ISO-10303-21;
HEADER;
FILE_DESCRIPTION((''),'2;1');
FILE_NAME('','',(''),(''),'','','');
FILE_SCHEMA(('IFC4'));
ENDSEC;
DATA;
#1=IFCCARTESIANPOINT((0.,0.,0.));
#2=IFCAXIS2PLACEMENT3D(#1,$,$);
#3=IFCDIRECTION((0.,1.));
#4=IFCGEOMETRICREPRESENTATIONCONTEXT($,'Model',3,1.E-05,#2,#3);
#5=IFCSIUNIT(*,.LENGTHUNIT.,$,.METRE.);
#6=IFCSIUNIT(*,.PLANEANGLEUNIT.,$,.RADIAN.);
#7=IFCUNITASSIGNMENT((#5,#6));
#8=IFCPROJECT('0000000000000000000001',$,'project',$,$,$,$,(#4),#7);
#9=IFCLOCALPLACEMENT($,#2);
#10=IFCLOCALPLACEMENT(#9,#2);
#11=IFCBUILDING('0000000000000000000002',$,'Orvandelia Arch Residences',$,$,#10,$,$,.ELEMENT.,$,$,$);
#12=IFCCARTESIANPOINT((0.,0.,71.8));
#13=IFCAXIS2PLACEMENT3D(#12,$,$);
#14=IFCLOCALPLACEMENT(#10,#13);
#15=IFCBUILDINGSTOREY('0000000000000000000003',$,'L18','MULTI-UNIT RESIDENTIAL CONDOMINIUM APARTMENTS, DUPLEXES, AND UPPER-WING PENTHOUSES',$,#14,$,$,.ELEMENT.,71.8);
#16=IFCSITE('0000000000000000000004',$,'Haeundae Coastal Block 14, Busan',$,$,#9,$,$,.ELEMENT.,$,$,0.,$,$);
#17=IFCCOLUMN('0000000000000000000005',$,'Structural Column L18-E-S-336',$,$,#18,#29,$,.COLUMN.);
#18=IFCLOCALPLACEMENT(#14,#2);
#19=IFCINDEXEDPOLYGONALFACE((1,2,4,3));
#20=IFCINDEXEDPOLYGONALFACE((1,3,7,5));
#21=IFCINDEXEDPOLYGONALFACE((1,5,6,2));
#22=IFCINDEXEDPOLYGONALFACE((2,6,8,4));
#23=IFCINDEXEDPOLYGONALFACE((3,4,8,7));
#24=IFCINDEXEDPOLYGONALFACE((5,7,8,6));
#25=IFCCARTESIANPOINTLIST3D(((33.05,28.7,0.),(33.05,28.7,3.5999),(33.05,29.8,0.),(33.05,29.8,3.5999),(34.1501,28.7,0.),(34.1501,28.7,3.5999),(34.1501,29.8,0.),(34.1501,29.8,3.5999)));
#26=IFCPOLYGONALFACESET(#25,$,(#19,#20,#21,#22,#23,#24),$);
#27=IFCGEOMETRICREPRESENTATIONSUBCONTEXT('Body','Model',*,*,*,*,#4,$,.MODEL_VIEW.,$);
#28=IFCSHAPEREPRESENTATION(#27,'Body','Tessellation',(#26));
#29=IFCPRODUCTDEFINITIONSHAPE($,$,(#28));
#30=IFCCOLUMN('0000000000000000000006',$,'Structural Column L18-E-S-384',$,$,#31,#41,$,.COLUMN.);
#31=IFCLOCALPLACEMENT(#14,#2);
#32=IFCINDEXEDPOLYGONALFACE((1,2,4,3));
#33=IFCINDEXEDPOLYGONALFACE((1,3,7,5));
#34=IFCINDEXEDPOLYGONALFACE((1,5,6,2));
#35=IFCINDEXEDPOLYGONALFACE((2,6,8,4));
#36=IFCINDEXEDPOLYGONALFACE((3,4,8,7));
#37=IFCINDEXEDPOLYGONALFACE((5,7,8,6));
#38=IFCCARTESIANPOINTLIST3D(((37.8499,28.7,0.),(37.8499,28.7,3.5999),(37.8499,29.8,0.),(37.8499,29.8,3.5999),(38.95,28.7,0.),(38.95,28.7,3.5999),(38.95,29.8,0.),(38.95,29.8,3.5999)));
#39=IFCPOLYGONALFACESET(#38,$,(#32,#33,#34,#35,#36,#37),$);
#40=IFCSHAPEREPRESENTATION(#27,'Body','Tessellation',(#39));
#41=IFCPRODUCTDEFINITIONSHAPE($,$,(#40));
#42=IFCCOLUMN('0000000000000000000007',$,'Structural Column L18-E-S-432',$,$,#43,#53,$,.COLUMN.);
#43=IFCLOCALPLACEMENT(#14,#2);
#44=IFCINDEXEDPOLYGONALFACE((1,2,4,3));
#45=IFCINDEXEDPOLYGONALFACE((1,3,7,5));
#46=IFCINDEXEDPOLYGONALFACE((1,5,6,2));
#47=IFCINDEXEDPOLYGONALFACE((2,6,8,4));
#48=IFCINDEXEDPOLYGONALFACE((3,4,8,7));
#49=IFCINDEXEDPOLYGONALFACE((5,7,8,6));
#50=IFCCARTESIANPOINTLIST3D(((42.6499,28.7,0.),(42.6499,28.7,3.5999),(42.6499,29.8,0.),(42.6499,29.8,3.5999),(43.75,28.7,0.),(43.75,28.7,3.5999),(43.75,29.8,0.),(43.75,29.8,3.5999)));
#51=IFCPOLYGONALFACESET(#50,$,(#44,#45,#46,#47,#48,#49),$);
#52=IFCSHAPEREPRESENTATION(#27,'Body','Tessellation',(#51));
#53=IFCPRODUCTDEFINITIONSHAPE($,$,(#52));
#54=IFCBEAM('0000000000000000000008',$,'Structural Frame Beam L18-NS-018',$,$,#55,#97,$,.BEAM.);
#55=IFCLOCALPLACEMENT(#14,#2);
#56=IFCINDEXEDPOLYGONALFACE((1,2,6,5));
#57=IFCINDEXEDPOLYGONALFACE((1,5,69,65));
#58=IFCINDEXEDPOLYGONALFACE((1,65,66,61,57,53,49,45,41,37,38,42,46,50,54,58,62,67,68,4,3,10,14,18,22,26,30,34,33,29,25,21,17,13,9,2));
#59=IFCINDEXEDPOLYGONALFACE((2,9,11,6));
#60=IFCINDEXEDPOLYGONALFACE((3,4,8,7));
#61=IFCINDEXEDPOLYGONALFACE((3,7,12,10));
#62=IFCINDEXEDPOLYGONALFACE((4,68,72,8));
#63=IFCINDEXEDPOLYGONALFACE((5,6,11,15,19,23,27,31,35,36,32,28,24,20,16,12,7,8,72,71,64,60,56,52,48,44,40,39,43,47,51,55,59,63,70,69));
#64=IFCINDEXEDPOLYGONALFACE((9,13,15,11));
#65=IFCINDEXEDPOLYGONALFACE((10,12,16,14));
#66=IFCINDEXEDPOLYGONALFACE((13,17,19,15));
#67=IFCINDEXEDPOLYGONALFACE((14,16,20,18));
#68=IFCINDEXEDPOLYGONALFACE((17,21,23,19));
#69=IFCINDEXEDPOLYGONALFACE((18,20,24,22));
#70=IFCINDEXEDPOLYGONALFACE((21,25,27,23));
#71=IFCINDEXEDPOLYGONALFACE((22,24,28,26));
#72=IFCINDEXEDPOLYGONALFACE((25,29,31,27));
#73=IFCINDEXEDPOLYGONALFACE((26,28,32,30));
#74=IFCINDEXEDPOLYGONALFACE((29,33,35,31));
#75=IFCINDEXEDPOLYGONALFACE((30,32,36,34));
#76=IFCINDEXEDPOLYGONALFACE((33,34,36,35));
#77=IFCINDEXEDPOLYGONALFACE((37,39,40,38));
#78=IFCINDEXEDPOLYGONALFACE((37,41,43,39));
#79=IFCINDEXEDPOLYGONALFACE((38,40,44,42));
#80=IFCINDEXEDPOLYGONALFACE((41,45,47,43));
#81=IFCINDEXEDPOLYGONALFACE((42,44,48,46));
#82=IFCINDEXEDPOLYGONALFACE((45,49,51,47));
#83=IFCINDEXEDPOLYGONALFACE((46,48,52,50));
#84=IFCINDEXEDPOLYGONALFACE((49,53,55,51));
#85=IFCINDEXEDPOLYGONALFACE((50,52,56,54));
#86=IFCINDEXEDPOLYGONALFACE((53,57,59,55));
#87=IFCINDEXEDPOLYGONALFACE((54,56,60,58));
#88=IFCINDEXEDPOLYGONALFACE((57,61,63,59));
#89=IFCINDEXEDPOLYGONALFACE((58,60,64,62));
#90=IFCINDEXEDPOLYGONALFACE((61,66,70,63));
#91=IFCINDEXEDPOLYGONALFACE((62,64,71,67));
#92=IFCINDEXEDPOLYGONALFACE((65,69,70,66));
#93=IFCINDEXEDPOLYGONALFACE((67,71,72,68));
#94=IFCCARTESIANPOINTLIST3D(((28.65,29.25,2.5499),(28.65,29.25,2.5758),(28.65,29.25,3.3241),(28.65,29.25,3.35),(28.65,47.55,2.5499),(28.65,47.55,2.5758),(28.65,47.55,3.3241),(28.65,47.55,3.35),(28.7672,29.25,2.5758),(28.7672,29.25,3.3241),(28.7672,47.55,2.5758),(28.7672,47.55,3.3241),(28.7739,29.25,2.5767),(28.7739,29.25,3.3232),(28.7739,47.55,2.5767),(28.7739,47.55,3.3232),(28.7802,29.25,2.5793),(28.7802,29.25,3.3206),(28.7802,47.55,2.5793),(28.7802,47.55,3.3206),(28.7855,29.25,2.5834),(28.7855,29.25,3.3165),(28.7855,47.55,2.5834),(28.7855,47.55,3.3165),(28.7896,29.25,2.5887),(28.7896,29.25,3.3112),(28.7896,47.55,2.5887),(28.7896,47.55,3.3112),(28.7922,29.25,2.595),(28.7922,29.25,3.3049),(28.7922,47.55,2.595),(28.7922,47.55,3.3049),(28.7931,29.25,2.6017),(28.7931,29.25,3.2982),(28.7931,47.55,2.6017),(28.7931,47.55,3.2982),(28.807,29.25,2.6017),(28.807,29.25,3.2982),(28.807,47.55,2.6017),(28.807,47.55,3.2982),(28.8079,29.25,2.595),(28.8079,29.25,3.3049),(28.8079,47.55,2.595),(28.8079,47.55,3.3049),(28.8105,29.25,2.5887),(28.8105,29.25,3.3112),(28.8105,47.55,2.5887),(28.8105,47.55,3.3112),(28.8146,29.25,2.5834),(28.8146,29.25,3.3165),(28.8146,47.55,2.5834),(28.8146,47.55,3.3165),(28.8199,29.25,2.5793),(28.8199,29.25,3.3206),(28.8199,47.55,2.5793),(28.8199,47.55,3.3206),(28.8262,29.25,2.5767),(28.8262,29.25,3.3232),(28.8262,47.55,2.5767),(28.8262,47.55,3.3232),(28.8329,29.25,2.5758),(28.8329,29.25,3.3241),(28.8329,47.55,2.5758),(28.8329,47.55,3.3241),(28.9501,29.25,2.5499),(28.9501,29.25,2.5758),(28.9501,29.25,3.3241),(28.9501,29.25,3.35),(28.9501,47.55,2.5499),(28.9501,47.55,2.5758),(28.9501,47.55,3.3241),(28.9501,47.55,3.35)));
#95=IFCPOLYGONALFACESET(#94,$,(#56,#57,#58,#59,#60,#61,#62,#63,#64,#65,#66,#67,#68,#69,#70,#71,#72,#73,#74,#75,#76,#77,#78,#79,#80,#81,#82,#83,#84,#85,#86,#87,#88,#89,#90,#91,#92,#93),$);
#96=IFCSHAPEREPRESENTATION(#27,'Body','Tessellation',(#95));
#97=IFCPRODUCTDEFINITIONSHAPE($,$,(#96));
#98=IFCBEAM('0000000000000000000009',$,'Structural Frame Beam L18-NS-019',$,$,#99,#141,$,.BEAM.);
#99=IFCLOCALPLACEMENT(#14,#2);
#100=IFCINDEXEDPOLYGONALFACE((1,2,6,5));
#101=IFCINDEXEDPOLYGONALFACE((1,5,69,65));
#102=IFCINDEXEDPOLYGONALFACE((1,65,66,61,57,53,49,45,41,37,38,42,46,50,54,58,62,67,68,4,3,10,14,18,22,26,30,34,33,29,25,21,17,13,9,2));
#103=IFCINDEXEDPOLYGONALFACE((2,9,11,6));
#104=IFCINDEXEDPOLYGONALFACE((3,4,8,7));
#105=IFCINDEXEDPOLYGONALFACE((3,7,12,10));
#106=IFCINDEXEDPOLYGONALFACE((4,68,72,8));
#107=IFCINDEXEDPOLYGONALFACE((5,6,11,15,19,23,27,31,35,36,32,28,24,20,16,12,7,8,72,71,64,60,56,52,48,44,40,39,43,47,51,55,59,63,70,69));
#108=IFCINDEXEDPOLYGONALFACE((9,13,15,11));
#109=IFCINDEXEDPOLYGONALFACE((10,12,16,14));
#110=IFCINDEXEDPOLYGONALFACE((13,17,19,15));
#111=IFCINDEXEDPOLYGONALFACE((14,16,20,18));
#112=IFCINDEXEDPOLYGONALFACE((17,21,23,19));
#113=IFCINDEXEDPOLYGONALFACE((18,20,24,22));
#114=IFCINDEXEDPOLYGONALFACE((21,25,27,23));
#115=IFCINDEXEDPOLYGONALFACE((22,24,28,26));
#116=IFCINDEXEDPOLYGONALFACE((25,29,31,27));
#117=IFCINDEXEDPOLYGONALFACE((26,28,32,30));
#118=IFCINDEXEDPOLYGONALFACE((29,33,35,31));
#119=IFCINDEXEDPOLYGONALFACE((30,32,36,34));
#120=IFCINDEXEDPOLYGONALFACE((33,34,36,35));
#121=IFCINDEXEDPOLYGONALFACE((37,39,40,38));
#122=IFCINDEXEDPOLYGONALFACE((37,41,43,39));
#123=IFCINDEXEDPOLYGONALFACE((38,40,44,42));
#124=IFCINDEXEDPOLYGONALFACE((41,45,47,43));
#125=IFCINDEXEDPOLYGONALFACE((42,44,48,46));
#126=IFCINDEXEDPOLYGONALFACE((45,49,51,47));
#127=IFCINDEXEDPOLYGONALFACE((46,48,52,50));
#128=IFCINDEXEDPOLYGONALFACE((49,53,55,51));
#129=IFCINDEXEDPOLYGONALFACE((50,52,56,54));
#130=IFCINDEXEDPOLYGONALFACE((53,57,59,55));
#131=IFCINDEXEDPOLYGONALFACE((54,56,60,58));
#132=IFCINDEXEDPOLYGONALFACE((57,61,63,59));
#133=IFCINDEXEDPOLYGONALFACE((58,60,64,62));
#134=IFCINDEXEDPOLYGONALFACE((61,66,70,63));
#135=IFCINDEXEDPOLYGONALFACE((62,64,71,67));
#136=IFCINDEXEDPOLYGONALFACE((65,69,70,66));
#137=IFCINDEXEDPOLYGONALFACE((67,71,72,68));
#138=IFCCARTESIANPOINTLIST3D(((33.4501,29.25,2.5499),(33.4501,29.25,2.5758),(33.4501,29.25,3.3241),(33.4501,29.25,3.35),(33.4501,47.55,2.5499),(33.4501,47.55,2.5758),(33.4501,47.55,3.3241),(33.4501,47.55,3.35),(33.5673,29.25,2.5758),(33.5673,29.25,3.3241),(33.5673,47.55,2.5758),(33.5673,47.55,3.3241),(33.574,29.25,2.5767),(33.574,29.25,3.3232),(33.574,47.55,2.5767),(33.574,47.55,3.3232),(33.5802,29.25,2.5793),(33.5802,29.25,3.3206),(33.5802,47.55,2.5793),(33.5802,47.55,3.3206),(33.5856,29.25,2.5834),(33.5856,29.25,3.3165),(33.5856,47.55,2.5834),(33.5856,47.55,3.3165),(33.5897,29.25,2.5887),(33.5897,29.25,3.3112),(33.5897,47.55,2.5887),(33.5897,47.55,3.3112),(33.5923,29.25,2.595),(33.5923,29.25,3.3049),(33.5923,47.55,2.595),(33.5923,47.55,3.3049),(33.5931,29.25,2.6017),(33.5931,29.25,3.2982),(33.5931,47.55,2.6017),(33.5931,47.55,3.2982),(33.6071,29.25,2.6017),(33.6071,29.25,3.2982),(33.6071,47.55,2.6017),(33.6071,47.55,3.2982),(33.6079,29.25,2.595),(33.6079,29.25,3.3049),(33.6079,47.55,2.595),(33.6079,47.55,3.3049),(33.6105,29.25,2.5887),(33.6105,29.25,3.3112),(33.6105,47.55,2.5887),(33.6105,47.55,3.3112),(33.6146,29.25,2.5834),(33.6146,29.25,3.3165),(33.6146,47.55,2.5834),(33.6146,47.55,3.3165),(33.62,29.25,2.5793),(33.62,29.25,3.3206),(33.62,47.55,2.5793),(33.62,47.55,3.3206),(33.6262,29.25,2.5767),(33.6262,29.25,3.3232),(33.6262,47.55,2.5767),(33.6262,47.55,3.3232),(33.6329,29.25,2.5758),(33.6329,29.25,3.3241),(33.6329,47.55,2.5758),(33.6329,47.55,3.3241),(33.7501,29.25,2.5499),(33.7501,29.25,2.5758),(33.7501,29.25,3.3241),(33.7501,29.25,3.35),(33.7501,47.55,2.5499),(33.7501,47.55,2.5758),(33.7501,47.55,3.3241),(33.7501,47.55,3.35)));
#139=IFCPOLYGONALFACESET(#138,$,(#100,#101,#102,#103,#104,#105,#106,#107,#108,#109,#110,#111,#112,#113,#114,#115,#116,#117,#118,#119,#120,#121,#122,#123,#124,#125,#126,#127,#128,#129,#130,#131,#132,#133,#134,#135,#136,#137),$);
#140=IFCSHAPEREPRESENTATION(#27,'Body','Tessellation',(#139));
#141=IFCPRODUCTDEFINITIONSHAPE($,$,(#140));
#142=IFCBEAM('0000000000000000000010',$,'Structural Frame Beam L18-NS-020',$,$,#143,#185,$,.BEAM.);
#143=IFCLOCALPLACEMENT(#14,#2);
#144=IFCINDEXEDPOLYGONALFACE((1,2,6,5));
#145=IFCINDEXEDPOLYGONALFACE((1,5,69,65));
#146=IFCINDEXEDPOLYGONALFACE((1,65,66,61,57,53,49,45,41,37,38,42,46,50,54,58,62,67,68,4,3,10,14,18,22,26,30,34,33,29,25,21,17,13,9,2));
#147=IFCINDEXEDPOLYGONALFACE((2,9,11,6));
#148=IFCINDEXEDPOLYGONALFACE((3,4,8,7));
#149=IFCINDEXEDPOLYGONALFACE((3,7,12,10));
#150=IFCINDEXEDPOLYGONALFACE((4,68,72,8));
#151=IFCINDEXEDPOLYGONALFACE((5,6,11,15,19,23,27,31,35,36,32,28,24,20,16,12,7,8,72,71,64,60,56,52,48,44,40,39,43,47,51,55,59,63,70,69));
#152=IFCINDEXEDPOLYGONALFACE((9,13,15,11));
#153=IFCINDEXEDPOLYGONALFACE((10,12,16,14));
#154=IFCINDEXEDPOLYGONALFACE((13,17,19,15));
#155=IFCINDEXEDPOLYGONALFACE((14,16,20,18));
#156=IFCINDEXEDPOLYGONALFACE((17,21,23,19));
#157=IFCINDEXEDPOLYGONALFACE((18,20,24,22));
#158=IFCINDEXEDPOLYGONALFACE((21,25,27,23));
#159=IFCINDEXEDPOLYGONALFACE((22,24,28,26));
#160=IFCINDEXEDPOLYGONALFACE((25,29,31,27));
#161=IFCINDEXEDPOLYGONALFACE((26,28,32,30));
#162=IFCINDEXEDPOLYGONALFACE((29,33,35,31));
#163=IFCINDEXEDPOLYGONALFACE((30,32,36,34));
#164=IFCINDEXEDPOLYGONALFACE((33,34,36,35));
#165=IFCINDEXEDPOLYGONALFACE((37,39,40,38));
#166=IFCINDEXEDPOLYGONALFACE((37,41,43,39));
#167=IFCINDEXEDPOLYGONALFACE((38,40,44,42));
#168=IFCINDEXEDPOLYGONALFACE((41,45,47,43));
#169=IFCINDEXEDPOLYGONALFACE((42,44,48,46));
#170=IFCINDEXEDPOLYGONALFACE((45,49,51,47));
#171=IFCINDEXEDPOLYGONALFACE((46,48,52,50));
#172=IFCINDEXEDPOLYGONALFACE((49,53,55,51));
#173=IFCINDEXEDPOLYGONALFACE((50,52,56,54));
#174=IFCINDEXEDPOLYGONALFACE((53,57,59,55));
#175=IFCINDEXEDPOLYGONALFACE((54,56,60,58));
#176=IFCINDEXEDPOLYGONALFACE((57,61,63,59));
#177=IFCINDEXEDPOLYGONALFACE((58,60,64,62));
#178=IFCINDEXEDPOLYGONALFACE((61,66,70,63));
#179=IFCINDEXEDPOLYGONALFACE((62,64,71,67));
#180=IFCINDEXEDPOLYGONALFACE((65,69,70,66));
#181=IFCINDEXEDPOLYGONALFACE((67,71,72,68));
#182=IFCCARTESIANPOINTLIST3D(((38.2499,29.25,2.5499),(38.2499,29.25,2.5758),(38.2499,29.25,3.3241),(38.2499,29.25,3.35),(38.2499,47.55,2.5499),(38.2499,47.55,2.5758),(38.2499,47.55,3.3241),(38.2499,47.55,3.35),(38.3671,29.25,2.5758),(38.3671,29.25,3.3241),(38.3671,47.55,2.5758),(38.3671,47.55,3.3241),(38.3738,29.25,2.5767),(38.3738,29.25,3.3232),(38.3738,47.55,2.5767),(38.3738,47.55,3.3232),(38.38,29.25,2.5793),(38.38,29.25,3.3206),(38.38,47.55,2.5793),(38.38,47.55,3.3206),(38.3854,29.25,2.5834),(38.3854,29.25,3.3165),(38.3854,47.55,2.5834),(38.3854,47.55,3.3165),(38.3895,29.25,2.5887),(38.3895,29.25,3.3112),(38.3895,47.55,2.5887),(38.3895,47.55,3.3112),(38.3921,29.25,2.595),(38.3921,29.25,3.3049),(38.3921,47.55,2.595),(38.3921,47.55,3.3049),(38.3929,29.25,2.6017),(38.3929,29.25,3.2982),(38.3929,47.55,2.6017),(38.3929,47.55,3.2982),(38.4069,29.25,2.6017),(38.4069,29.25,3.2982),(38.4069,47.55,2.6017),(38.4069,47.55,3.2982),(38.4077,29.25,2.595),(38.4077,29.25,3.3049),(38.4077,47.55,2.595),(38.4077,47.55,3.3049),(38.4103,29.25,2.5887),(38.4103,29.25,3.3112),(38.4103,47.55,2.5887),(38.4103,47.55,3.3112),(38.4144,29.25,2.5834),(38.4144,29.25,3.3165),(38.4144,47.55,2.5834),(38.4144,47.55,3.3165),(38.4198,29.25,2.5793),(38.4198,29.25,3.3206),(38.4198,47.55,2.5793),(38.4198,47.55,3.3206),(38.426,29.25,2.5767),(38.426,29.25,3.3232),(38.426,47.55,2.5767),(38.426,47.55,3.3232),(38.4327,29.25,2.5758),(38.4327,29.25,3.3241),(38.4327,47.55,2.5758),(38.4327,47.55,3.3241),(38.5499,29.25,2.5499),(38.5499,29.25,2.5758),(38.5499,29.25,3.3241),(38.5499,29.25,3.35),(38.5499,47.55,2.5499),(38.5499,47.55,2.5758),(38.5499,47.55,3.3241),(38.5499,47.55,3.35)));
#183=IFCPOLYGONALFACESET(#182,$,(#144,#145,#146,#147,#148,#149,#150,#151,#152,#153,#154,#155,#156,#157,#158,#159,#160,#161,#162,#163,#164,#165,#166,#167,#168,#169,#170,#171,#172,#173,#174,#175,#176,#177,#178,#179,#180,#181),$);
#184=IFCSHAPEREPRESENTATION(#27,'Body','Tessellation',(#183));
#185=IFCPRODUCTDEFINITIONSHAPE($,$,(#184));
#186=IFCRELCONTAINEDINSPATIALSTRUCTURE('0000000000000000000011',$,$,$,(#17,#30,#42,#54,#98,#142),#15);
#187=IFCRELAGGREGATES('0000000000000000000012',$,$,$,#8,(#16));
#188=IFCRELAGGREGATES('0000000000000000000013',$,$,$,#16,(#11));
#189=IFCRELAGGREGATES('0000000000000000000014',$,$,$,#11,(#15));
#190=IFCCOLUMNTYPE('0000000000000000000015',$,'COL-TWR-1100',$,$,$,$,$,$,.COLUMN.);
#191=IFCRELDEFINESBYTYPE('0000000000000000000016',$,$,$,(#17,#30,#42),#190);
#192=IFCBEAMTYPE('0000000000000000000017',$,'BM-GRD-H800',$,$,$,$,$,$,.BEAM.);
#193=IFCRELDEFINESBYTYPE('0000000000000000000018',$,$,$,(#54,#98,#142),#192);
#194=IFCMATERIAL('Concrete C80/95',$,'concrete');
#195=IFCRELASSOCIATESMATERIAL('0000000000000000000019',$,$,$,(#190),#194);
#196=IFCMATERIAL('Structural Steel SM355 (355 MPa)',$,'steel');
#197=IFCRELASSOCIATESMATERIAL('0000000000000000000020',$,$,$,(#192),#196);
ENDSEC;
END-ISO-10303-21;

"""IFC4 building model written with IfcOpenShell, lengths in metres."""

from ifc_helpers import new_model, si_unit, direction, frame, origin, origin_2d, place, context, subcontext, project, spatial, rectangle, i_section, extrude, material, material_profile, profile_set, type_object, element, save


model = new_model("IFC4")

# Units and contexts
model_context = context("Model", 3, precision=1e-05, world=origin(), true_north=direction((0.0, 1.0)))
body_context = subcontext(model_context, "Body", "Model", "MODEL_VIEW")
ifc_project = project(units=[si_unit("LENGTHUNIT", "METRE"), si_unit("PLANEANGLEUNIT", "RADIAN")], contexts=[model_context])

# Site, building, storey
site_placement = place(None, origin())
site = spatial("IfcSite", under=ifc_project, at=site_placement, Name="Haeundae Coastal Block 14, Busan", CompositionType="ELEMENT", RefElevation=0.0)
building_placement = place(site_placement, origin())
building = spatial("IfcBuilding", under=site, at=building_placement, Name="Orvandelia Arch Residences", CompositionType="ELEMENT")
storey_placement = place(building_placement, frame((0.0, 0.0, 71.8)))
storey = spatial("IfcBuildingStorey", under=building, at=storey_placement, Name="L18", Description="MULTI-UNIT RESIDENTIAL CONDOMINIUM APARTMENTS, DUPLEXES, AND UPPER-WING PENTHOUSES", CompositionType="ELEMENT", Elevation=71.8)

# Columns
ifc_material_1 = material(Name="Concrete C80/95", Category="concrete")
ifc_material_profile_1 = material_profile(ifc_material_1, rectangle(XDim=1.1001, YDim=1.1001, at=origin_2d()), Name="Concrete C80/95", Category="concrete")
ifc_profile_set_1 = profile_set([ifc_material_profile_1], Name="Concrete C80/95")
column_type = type_object("IfcColumnType", Name="COL-TWR-1100", PredefinedType="COLUMN", material=ifc_profile_set_1)
for number, where, z_axis, x_axis, name in (
    (1, (33.6001, 29.25, 0.0), (0.0, 0.0, 1.0), (1.0, 0.0, 0.0), "Structural Column L18-E-S-336"),
    (2, (38.3999, 29.25, 0.0), (0.0, 0.0, 1.0), (1.0, 0.0, 0.0), "Structural Column L18-E-S-384"),
    (3, (43.2, 29.25, 0.0), (0.0, 0.0, 1.0), (1.0, 0.0, 0.0), "Structural Column L18-E-S-432"),
):
    element("IfcColumn", number, at=place(storey_placement, frame(where, z_axis=z_axis, x_axis=x_axis)), inside=storey, type_object=column_type, Name=name, PredefinedType="COLUMN", context=body_context, shape_type="SweptSolid", body=[
        extrude(rectangle(XDim=1.1001, YDim=1.1001, at=origin_2d()), origin(), (0.0, 0.0, 1.0), 3.5999),
    ])

# Beams
ifc_material_2 = material(Name="Structural Steel SM355 (355 MPa)", Category="steel")
ifc_material_profile_2 = material_profile(ifc_material_2, i_section(OverallWidth=0.3, OverallDepth=0.8, WebThickness=0.0139, FlangeThickness=0.0259, FilletRadius=0.0259, at=origin_2d()), Name="Structural Steel SM355 (355 MPa)", Category="steel")
ifc_profile_set_2 = profile_set([ifc_material_profile_2], Name="Structural Steel SM355 (355 MPa)")
beam_type = type_object("IfcBeamType", Name="BM-GRD-H800", PredefinedType="BEAM", material=ifc_profile_set_2)
for number, where, z_axis, x_axis, name in (
    (4, (28.8, 29.25, 2.95), (0.0, 1.0, 0.0), (-1.0, 0.0, 0.0), "Structural Frame Beam L18-NS-018"),
    (5, (33.6001, 29.25, 2.95), (0.0, 1.0, 0.0), (-1.0, 0.0, 0.0), "Structural Frame Beam L18-NS-019"),
    (6, (38.3999, 29.25, 2.95), (0.0, 1.0, 0.0), (-1.0, 0.0, 0.0), "Structural Frame Beam L18-NS-020"),
):
    element("IfcBeam", number, at=place(storey_placement, frame(where, z_axis=z_axis, x_axis=x_axis)), inside=storey, type_object=beam_type, Name=name, PredefinedType="BEAM", context=body_context, shape_type="SweptSolid", body=[
        extrude(i_section(OverallWidth=0.3, OverallDepth=0.8, WebThickness=0.0139, FlangeThickness=0.0259, FilletRadius=0.0259, at=origin_2d()), origin(), (0.0, 0.0, 1.0), 18.3),
    ])

save(model, "model.ifc")
